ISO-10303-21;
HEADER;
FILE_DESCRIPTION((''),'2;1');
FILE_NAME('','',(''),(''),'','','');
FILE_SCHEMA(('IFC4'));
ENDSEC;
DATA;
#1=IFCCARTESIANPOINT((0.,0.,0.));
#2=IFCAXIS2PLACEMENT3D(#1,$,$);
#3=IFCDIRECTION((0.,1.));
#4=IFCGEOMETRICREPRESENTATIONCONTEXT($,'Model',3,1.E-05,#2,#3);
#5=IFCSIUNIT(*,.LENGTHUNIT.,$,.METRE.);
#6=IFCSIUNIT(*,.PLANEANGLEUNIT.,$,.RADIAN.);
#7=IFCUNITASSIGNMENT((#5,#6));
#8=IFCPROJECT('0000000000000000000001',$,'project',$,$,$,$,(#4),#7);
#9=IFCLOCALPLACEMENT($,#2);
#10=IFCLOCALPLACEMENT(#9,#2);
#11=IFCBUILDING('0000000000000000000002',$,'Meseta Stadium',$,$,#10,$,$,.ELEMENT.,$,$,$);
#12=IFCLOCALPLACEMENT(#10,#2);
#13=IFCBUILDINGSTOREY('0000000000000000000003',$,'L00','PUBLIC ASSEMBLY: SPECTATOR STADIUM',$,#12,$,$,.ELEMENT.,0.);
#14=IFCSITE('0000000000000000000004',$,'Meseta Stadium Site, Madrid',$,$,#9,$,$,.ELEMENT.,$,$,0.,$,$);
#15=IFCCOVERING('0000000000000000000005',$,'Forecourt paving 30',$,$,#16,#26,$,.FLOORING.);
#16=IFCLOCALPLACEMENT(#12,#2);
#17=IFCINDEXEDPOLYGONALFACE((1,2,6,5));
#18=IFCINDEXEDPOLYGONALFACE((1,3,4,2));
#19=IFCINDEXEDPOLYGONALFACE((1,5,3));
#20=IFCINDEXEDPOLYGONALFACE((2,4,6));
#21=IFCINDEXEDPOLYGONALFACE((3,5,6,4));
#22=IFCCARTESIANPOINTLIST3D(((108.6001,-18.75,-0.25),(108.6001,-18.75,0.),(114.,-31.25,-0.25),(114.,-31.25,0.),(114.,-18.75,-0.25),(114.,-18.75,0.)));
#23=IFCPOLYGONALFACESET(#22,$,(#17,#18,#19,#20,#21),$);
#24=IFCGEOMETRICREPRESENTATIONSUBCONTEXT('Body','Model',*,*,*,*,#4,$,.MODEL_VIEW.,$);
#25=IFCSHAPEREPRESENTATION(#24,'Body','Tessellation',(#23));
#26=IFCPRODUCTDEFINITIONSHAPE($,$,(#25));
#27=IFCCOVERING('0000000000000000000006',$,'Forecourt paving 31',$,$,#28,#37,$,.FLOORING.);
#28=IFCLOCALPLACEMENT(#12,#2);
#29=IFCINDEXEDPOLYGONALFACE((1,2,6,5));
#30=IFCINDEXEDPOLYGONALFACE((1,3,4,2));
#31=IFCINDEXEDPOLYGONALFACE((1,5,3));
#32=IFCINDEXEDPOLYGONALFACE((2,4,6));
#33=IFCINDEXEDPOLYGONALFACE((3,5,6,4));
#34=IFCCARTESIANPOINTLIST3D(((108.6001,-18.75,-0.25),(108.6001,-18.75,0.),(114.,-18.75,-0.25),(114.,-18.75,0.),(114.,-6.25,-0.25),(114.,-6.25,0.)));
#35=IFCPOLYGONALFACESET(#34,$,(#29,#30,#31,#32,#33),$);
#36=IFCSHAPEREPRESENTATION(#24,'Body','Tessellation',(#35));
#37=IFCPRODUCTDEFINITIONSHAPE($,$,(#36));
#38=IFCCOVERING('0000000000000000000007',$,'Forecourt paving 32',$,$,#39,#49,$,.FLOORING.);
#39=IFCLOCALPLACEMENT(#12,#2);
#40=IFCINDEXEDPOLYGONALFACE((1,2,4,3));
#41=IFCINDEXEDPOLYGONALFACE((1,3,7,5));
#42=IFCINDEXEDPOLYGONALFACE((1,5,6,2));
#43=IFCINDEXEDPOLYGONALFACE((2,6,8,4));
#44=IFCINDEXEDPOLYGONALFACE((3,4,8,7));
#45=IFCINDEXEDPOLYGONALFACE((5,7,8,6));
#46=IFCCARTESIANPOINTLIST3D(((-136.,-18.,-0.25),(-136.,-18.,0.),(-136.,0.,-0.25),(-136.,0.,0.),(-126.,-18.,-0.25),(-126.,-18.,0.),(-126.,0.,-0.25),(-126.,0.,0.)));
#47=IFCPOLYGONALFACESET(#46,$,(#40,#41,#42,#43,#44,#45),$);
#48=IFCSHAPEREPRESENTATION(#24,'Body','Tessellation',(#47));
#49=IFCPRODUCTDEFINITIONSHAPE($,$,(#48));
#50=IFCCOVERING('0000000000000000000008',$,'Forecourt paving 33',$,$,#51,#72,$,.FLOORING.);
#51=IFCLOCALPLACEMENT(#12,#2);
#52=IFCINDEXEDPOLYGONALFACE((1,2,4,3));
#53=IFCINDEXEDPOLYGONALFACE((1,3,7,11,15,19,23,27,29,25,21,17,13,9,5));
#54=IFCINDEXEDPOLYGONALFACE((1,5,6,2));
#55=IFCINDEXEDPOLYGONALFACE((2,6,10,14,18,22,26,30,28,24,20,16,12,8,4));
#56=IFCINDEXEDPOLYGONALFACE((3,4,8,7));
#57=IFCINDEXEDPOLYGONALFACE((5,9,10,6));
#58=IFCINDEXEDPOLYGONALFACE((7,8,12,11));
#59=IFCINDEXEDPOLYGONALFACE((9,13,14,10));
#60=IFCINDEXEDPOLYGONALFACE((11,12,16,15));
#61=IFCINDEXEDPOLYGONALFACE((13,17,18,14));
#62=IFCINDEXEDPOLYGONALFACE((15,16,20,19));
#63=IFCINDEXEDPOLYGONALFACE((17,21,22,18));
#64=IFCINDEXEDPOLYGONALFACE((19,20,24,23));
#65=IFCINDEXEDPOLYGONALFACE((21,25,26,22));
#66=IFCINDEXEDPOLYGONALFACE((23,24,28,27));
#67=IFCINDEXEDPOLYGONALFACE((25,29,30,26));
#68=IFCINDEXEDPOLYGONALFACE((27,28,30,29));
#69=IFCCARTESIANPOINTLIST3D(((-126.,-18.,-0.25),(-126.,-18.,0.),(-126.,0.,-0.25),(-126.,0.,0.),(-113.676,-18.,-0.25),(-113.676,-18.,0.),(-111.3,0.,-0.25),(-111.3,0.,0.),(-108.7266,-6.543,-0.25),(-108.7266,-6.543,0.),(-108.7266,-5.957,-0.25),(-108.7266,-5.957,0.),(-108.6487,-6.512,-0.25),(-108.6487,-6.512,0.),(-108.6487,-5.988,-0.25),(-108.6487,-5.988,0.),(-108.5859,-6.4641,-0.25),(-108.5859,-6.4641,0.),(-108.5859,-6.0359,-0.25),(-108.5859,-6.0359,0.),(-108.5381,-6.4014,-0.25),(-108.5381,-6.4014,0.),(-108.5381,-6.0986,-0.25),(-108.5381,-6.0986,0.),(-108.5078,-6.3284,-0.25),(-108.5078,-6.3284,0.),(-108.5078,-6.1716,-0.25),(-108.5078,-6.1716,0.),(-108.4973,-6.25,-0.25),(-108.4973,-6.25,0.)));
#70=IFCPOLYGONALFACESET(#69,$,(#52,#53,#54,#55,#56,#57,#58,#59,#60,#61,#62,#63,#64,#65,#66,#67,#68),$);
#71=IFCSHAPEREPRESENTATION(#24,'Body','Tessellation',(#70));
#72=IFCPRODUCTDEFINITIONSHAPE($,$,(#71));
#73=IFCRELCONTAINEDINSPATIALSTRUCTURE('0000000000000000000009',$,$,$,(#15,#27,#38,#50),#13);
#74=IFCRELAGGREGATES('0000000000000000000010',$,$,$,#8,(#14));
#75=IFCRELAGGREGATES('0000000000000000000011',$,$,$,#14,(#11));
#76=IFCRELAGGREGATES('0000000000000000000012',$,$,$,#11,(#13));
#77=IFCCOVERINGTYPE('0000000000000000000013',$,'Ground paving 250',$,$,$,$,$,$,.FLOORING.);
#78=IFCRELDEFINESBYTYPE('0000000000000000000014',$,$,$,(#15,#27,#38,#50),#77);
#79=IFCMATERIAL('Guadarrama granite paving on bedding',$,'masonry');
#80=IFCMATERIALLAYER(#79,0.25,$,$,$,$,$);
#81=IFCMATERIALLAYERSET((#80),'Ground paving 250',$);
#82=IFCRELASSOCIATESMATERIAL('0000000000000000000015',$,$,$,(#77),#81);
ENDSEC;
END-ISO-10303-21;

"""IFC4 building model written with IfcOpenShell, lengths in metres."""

from ifc_helpers import new_model, si_unit, direction, frame, origin, place, context, subcontext, project, spatial, polyline, outline, extrude, material, layer, layer_set, type_object, element, save


model = new_model("IFC4")

# Units and contexts
model_context = context("Model", 3, precision=1e-05, world=origin(), true_north=direction((0.0, 1.0)))
body_context = subcontext(model_context, "Body", "Model", "MODEL_VIEW")
ifc_project = project(units=[si_unit("LENGTHUNIT", "METRE"), si_unit("PLANEANGLEUNIT", "RADIAN")], contexts=[model_context])

# Site, building, storey
site_placement = place(None, origin())
site = spatial("IfcSite", under=ifc_project, at=site_placement, Name="Meseta Stadium Site, Madrid", CompositionType="ELEMENT", RefElevation=0.0)
building_placement = place(site_placement, origin())
building = spatial("IfcBuilding", under=site, at=building_placement, Name="Meseta Stadium", CompositionType="ELEMENT")
storey_placement = place(building_placement, origin())
storey = spatial("IfcBuildingStorey", under=building, at=storey_placement, Name="L00", Description="PUBLIC ASSEMBLY: SPECTATOR STADIUM", CompositionType="ELEMENT", Elevation=0.0)

# Coverings
ifc_material = material(Name="Guadarrama granite paving on bedding", Category="masonry")
ifc_layer = layer(ifc_material, 0.25)
ifc_layer_set = layer_set([ifc_layer], Name="Ground paving 250")
covering_type = type_object("IfcCoveringType", Name="Ground paving 250", PredefinedType="FLOORING", material=ifc_layer_set)
covering_1_placement = place(storey_placement, frame((0.0, 0.0, -0.25)))
element("IfcCovering", 1, at=covering_1_placement, inside=storey, type_object=covering_type, Name="Forecourt paving 30", PredefinedType="FLOORING", context=body_context, shape_type="SweptSolid", body=[
    extrude(outline(polyline([(114.0, -31.25), (114.0, -18.75), (108.6001, -18.75), (114.0, -31.25)])), origin(), (0.0, 0.0, 1.0), 0.25),
])
covering_2_placement = place(storey_placement, frame((0.0, 0.0, -0.25)))
element("IfcCovering", 2, at=covering_2_placement, inside=storey, type_object=covering_type, Name="Forecourt paving 31", PredefinedType="FLOORING", context=body_context, shape_type="SweptSolid", body=[
    extrude(outline(polyline([(114.0, -18.75), (114.0, -6.25), (108.6001, -18.75), (114.0, -18.75)])), origin(), (0.0, 0.0, 1.0), 0.25),
])
covering_3_placement = place(storey_placement, frame((0.0, 0.0, -0.25)))
element("IfcCovering", 3, at=covering_3_placement, inside=storey, type_object=covering_type, Name="Forecourt paving 32", PredefinedType="FLOORING", context=body_context, shape_type="SweptSolid", body=[
    extrude(outline(polyline([(-136.0, 0.0), (-136.0, -18.0), (-126.0, -18.0), (-126.0, 0.0), (-136.0, 0.0)])), origin(), (0.0, 0.0, 1.0), 0.25),
])
covering_4_placement = place(storey_placement, frame((0.0, 0.0, -0.25)))
element("IfcCovering", 4, at=covering_4_placement, inside=storey, type_object=covering_type, Name="Forecourt paving 33", PredefinedType="FLOORING", context=body_context, shape_type="SweptSolid", body=[
    extrude(outline(polyline([(-113.676, -18.0), (-108.7266, -6.543), (-108.6487, -6.512), (-108.5859, -6.4641), (-108.5381, -6.4014), (-108.5078, -6.3284), (-108.4973, -6.25), (-108.5078, -6.1716), (-108.5381, -6.0986), (-108.5859, -6.0359), (-108.6487, -5.988), (-108.7266, -5.957), (-111.3, 0.0), (-126.0, 0.0), (-126.0, -18.0), (-113.676, -18.0)])), origin(), (0.0, 0.0, 1.0), 0.25),
])

save(model, "model.ifc")
